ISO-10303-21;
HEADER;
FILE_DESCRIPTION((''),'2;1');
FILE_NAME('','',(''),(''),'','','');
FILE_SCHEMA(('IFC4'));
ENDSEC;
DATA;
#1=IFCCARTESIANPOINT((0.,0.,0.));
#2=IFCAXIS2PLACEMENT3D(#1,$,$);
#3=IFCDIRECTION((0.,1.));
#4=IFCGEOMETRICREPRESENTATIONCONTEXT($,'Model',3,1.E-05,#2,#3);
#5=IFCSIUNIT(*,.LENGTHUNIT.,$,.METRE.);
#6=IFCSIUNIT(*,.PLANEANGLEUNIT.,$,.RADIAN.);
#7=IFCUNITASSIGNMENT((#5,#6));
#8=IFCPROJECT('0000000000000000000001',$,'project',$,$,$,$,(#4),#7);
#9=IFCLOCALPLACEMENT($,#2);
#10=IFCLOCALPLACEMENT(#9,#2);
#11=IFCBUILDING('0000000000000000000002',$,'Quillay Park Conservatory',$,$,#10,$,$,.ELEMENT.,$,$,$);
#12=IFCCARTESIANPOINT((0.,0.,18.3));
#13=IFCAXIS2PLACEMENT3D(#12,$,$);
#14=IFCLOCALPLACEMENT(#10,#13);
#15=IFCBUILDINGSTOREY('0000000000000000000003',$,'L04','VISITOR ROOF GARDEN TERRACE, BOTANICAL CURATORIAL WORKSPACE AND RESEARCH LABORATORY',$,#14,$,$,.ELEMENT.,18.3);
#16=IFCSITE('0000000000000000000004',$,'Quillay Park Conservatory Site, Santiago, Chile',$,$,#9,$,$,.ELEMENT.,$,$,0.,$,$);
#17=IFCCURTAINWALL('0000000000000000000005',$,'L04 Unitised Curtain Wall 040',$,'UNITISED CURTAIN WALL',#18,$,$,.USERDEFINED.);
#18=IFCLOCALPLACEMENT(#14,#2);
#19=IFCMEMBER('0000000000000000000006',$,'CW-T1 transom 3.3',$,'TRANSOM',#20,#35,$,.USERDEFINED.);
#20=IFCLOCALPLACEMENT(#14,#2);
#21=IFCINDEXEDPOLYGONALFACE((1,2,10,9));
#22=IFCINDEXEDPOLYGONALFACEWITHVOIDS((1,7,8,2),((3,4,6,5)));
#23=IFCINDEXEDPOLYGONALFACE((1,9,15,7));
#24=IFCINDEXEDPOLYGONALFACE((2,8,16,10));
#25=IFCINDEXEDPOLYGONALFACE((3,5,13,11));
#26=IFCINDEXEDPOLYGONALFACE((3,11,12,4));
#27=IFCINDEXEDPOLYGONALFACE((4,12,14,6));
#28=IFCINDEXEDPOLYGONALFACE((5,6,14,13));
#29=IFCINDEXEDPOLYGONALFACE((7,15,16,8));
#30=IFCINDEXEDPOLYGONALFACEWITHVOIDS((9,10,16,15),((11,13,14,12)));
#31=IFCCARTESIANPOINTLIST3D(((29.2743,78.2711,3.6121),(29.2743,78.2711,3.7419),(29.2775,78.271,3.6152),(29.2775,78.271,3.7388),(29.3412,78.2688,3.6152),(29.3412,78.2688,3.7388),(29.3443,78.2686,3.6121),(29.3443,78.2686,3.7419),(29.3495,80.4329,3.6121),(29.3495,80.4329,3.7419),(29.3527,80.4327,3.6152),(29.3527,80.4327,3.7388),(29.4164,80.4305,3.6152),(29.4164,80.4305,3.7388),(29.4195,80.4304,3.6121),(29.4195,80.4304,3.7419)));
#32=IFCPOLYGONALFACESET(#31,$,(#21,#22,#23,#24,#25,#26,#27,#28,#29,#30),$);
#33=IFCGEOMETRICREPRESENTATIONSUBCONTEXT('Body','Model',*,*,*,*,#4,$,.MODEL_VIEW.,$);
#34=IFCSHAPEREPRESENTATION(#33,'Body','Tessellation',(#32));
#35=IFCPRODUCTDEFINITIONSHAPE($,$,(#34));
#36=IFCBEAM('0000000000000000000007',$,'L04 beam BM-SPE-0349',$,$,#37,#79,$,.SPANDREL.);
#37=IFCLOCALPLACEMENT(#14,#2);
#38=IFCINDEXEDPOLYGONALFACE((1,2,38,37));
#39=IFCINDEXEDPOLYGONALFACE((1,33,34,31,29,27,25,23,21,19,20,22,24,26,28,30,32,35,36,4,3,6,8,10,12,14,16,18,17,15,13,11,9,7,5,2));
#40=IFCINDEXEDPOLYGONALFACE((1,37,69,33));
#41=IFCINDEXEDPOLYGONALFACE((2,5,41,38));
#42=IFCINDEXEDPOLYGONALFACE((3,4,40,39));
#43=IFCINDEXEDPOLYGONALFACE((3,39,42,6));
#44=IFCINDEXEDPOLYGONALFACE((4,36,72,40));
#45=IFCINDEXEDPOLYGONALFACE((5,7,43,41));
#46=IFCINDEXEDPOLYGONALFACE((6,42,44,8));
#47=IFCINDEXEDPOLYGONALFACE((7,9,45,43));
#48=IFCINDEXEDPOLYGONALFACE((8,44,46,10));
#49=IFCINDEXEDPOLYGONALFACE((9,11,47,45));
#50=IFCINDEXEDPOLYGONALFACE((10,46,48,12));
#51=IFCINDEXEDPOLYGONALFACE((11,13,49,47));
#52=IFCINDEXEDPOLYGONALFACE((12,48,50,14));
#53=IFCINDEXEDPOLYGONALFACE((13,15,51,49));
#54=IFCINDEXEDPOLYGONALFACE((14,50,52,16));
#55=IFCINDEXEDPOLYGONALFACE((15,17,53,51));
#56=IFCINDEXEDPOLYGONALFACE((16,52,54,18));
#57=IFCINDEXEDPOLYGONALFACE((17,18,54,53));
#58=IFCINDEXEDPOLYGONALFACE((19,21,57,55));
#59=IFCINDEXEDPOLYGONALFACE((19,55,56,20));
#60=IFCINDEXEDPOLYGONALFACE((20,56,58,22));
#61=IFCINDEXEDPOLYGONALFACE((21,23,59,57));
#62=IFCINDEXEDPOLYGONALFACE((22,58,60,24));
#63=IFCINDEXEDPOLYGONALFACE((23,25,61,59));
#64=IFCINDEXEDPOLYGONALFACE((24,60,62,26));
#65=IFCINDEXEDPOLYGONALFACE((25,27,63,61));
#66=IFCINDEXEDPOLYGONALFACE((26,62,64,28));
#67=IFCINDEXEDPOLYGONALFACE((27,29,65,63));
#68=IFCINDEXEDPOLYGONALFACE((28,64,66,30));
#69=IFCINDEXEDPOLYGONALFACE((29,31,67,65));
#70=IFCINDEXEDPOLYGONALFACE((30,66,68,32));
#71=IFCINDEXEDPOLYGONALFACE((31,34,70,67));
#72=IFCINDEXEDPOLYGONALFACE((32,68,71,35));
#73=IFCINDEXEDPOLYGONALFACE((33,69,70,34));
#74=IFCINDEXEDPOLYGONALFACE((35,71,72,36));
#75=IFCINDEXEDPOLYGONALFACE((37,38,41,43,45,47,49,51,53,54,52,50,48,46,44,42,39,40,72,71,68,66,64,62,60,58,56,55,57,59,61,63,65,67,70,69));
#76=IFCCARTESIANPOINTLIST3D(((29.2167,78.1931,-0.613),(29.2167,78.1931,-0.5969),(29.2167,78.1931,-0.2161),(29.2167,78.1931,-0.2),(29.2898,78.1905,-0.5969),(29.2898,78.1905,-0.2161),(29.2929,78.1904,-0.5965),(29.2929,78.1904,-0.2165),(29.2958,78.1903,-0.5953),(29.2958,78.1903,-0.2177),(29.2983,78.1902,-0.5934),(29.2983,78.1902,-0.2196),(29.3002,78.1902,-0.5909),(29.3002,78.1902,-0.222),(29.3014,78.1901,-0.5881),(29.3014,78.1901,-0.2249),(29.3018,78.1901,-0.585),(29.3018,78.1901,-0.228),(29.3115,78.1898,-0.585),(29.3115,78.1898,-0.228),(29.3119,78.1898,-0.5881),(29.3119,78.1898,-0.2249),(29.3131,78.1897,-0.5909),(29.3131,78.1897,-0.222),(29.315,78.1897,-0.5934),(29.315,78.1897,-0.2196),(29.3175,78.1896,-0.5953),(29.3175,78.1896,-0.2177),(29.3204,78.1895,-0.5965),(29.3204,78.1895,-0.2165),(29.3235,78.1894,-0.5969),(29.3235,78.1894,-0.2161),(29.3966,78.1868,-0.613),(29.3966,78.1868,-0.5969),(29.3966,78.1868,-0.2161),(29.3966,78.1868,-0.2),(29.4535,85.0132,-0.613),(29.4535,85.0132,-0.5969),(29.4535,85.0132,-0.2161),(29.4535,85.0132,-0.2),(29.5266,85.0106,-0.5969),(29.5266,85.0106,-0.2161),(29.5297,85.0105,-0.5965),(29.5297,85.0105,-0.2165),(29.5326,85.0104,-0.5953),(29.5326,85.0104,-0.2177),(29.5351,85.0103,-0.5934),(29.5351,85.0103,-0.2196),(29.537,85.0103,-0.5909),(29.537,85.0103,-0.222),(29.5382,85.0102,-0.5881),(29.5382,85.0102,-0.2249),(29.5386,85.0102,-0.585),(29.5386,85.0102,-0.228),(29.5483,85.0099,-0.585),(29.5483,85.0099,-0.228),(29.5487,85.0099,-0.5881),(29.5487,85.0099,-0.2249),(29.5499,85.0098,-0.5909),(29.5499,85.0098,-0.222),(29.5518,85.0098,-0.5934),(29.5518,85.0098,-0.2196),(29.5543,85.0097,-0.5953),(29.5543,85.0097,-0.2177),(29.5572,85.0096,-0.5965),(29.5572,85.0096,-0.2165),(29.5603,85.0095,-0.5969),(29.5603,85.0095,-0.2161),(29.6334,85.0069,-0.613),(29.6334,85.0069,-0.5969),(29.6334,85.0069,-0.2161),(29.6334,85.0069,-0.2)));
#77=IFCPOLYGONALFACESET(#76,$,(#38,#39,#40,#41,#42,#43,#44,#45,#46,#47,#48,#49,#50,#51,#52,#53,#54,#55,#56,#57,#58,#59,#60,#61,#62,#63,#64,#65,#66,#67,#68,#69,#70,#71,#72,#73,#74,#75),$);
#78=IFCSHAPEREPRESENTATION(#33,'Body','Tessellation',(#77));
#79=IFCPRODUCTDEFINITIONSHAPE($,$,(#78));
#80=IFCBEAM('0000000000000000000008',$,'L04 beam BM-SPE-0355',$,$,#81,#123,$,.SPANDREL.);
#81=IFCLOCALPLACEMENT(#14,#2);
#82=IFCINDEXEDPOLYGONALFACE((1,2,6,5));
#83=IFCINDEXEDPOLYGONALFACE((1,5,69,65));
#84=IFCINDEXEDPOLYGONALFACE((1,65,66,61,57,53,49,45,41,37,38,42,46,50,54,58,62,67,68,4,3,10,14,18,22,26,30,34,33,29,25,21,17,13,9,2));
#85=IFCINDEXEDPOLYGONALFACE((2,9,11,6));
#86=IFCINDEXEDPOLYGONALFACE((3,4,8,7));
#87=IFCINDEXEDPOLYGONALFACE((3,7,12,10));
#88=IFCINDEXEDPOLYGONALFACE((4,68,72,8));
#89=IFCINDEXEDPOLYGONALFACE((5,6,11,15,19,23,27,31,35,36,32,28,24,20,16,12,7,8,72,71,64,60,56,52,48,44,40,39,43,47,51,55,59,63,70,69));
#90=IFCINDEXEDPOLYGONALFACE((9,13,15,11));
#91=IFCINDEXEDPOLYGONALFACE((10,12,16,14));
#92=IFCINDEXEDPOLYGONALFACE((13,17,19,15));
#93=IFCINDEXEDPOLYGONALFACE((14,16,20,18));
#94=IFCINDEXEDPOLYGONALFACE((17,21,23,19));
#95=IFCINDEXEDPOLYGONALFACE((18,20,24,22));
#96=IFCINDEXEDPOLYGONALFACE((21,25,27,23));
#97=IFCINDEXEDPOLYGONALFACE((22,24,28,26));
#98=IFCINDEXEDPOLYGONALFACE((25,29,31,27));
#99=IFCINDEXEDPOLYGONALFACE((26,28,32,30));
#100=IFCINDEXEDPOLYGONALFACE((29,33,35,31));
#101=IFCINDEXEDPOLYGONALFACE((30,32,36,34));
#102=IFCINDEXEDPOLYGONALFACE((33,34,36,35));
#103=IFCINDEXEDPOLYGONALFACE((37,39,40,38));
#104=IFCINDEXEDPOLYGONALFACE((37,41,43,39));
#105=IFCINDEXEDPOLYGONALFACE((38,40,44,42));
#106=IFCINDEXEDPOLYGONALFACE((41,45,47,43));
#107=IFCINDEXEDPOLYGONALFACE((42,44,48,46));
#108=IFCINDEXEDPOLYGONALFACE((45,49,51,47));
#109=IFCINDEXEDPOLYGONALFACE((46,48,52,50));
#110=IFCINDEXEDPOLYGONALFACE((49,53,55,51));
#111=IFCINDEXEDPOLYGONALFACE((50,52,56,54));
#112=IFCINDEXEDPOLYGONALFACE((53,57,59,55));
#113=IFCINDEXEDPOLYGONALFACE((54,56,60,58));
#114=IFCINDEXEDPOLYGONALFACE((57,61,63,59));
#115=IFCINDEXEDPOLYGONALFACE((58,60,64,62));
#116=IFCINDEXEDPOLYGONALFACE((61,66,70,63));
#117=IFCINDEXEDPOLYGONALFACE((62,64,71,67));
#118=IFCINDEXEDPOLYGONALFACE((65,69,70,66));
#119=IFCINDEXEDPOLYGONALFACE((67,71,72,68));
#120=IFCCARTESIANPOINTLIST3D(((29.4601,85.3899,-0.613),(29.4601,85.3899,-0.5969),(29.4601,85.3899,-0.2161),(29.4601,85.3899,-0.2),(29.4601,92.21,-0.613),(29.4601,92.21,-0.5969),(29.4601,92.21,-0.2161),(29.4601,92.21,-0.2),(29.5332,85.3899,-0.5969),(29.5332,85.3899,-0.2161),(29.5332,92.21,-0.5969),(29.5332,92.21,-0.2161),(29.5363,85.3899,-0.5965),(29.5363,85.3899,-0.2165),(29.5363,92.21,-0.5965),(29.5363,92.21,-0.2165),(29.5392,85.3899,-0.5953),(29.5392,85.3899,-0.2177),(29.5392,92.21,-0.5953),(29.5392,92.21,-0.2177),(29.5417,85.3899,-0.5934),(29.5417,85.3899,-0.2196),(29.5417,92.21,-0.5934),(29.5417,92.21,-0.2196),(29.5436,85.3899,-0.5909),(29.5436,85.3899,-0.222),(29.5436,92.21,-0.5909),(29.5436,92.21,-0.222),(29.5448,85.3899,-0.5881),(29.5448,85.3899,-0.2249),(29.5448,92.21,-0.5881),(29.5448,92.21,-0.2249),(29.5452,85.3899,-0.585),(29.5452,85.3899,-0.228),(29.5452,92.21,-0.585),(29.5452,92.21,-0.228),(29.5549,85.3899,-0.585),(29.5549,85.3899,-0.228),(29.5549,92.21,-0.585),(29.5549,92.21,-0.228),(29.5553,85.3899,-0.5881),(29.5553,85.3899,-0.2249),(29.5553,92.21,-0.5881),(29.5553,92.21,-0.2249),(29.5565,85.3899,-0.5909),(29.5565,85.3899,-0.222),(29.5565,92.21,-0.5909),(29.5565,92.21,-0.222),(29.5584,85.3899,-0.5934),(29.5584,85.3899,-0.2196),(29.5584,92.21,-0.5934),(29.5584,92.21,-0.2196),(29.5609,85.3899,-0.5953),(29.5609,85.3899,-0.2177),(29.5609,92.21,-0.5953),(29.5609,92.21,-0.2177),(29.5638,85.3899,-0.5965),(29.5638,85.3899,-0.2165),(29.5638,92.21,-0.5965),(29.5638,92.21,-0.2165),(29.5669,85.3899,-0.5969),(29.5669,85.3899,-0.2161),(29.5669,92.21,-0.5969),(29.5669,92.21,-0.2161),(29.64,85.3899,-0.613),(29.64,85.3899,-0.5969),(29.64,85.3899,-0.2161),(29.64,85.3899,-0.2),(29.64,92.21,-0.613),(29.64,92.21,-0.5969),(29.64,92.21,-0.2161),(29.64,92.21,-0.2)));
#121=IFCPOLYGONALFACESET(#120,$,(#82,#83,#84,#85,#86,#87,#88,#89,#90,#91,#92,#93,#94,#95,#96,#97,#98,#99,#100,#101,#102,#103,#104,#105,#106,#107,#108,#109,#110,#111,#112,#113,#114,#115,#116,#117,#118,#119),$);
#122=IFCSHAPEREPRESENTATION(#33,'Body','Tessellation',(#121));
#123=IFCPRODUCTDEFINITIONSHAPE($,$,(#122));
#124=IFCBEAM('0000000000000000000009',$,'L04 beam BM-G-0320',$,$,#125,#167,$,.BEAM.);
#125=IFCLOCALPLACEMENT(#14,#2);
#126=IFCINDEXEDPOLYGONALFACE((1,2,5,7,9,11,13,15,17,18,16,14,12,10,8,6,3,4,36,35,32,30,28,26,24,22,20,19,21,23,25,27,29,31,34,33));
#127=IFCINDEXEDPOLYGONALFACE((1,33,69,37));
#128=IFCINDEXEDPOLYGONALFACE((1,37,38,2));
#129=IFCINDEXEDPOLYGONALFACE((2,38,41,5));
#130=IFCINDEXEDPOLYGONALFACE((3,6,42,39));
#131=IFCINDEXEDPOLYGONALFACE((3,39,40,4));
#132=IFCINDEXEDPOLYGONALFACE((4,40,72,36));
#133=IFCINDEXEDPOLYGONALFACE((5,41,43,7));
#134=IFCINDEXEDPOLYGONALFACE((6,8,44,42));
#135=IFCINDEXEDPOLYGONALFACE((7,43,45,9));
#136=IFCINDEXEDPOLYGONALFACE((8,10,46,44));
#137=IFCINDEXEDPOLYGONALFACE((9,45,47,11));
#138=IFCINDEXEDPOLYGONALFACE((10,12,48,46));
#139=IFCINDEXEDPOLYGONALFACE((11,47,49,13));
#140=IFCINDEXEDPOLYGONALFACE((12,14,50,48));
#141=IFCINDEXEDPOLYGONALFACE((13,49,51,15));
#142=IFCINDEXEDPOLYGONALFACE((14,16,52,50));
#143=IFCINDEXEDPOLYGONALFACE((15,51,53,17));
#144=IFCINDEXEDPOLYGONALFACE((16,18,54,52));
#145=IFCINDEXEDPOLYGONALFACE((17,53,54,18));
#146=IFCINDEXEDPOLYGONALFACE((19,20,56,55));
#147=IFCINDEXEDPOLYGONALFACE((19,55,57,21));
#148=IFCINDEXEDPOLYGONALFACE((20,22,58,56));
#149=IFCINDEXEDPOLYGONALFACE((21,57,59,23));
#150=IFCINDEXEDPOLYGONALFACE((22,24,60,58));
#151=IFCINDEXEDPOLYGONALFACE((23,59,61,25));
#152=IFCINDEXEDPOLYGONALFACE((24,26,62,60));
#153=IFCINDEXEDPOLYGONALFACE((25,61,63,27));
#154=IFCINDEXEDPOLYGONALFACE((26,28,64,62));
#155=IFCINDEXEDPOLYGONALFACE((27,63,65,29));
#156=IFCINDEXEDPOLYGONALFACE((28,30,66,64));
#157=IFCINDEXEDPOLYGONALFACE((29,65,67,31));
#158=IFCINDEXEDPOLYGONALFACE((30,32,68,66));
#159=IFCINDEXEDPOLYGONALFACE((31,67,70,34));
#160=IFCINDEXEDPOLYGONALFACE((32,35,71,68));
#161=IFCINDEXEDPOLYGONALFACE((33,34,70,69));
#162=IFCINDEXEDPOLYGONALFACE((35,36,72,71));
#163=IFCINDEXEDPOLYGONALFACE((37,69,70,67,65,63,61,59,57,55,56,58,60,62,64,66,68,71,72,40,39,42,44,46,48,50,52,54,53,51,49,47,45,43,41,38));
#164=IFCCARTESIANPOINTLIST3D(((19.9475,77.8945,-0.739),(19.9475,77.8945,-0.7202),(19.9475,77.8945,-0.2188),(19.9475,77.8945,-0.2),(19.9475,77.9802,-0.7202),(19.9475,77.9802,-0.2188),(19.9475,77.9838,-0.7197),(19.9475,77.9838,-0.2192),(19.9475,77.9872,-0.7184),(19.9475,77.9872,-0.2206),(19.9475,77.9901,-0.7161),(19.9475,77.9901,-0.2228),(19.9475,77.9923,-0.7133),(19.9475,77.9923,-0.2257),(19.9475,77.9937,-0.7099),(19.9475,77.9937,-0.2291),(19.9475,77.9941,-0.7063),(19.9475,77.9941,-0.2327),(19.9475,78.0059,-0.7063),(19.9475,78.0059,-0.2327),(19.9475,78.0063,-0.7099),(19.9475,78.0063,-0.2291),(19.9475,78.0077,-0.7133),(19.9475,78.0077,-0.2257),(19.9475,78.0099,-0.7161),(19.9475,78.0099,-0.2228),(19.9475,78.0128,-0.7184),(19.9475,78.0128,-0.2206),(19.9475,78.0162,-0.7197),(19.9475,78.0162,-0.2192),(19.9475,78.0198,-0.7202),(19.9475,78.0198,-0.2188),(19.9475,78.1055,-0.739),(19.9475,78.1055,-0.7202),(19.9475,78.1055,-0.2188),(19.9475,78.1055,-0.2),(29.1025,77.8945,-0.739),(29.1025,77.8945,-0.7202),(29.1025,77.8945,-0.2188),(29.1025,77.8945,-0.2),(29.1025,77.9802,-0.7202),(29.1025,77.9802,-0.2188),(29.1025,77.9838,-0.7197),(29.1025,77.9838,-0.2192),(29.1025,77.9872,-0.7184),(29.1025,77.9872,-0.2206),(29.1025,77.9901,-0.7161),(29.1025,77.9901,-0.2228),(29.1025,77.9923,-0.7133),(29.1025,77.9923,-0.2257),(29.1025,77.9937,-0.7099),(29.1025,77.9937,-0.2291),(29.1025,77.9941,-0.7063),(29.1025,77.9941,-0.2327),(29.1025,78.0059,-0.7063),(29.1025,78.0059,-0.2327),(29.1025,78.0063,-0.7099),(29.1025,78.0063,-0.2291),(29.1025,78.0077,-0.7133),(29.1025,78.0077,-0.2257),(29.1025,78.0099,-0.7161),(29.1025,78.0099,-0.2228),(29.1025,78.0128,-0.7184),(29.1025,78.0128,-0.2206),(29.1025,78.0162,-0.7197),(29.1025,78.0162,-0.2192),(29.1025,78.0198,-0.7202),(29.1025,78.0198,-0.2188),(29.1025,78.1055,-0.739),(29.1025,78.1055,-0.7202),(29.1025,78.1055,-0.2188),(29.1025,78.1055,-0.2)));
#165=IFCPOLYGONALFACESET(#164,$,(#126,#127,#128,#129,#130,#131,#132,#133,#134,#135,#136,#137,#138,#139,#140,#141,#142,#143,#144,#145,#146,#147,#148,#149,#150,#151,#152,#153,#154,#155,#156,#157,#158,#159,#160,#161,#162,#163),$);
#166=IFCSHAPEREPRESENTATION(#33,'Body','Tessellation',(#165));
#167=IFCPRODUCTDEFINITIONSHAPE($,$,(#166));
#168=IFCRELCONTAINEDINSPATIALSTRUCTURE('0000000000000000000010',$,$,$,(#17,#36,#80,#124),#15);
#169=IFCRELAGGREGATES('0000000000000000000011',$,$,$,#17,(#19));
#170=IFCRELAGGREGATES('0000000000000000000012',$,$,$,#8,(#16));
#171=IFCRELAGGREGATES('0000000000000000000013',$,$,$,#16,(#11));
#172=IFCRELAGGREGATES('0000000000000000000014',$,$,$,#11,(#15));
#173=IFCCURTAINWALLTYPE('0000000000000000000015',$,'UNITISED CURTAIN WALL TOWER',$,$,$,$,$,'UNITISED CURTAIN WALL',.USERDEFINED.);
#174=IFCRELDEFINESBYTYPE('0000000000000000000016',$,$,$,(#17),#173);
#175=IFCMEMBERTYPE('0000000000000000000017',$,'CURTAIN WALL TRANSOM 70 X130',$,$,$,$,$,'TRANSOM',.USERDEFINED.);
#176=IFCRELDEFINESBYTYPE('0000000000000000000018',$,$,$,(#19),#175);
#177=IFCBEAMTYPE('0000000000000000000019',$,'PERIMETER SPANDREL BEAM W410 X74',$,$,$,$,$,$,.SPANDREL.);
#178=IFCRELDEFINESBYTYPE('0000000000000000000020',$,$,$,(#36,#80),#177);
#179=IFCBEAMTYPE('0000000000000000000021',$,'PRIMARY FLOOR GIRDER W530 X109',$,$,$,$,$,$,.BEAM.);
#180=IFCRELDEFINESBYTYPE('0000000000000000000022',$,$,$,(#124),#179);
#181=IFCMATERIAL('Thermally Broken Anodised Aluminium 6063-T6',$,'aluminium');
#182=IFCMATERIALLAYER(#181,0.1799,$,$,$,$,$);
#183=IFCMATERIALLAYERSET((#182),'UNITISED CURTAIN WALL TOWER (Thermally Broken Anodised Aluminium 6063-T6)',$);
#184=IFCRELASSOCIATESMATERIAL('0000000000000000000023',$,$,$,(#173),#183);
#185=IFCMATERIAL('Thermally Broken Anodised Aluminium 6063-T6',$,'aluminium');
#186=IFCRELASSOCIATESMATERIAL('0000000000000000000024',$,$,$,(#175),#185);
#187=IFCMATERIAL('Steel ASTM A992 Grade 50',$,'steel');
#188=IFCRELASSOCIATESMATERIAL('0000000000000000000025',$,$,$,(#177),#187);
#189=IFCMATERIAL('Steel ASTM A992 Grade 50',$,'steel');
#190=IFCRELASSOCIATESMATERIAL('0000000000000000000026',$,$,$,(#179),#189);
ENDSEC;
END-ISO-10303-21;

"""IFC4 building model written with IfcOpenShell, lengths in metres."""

from ifc_helpers import new_model, si_unit, direction, frame, origin, origin_2d, place, context, subcontext, project, spatial, hollow_rectangle, i_section, extrude, material, layer, layer_set, material_profile, profile_set, type_object, element, aggregate, save


model = new_model("IFC4")

# Units and contexts
model_context = context("Model", 3, precision=1e-05, world=origin(), true_north=direction((0.0, 1.0)))
body_context = subcontext(model_context, "Body", "Model", "MODEL_VIEW")
ifc_project = project(units=[si_unit("LENGTHUNIT", "METRE"), si_unit("PLANEANGLEUNIT", "RADIAN")], contexts=[model_context])

# Site, building, storey
site_placement = place(None, origin())
site = spatial("IfcSite", under=ifc_project, at=site_placement, Name="Quillay Park Conservatory Site, Santiago, Chile", CompositionType="ELEMENT", RefElevation=0.0)
building_placement = place(site_placement, origin())
building = spatial("IfcBuilding", under=site, at=building_placement, Name="Quillay Park Conservatory", CompositionType="ELEMENT")
storey_placement = place(building_placement, frame((0.0, 0.0, 18.3)))
storey = spatial("IfcBuildingStorey", under=building, at=storey_placement, Name="L04", Description="VISITOR ROOF GARDEN TERRACE, BOTANICAL CURATORIAL WORKSPACE AND RESEARCH LABORATORY", CompositionType="ELEMENT", Elevation=18.3)

# Shared definitions
ifc_material_1 = material(Name="Thermally Broken Anodised Aluminium 6063-T6", Category="aluminium")
ifc_layer_1 = layer(ifc_material_1, 0.1799)
ifc_layer_set_1 = layer_set([ifc_layer_1], Name="UNITISED CURTAIN WALL TOWER (Thermally Broken Anodised Aluminium 6063-T6)")
curtain_wall_type = type_object("IfcCurtainWallType", Name="UNITISED CURTAIN WALL TOWER", ElementType="UNITISED CURTAIN WALL", PredefinedType="USERDEFINED", material=ifc_layer_set_1)

# Curtain wall
curtain_wall_1_placement = place(storey_placement, origin())
curtain_wall_1 = element("IfcCurtainWall", 1, at=curtain_wall_1_placement, inside=storey, type_object=curtain_wall_type, Name="L04 Unitised Curtain Wall 040", ObjectType="UNITISED CURTAIN WALL", PredefinedType="USERDEFINED")

# Member
ifc_material_2 = material(Name="Thermally Broken Anodised Aluminium 6063-T6", Category="aluminium")
ifc_material_profile_1 = material_profile(ifc_material_2, hollow_rectangle(XDim=0.0701, YDim=0.1299, WallThickness=0.0032, at=origin_2d()), Name="AL70x130x3.2")
ifc_profile_set_1 = profile_set([ifc_material_profile_1], Name="Thermally Broken Anodised Aluminium 6063-T6")
member_type_1 = type_object("IfcMemberType", Name="CURTAIN WALL TRANSOM 70 X130", ElementType="TRANSOM", PredefinedType="USERDEFINED", material=ifc_profile_set_1)
member_1_placement = place(storey_placement, frame((29.3845, 80.4316, 3.677), z_axis=(-0.034762, -0.999396, 0.0), x_axis=(0.999396, -0.034762, 0.0)))
member_1 = element("IfcMember", 2, at=member_1_placement, type_object=member_type_1, Name="CW-T1 transom 3.3", ObjectType="TRANSOM", PredefinedType="USERDEFINED", context=body_context, shape_type="SweptSolid", body=[
    extrude(hollow_rectangle(XDim=0.0701, YDim=0.1299, WallThickness=0.0032, at=origin_2d()), origin(), (0.0, 0.0, 1.0), 2.1631),
])

# Beams
ifc_material_3 = material(Name="Steel ASTM A992 Grade 50", Category="steel")
ifc_material_profile_2 = material_profile(ifc_material_3, i_section(OverallWidth=0.1799, OverallDepth=0.4131, WebThickness=0.0098, FlangeThickness=0.0161, FilletRadius=0.012, at=origin_2d()), Name="W410x74")
ifc_profile_set_2 = profile_set([ifc_material_profile_2], Name="Steel ASTM A992 Grade 50")
beam_type_1 = type_object("IfcBeamType", Name="PERIMETER SPANDREL BEAM W410 X74", PredefinedType="SPANDREL", material=ifc_profile_set_2)
beam_1_placement = place(storey_placement, frame((29.3066, 78.1899, -0.4065), z_axis=(0.034703, 0.999398, 0.0), x_axis=(-0.999398, 0.034703, 0.0)))
element("IfcBeam", 3, at=beam_1_placement, inside=storey, type_object=beam_type_1, Name="L04 beam BM-SPE-0349", PredefinedType="SPANDREL", context=body_context, shape_type="SweptSolid", body=[
    extrude(i_section(OverallWidth=0.1799, OverallDepth=0.4131, WebThickness=0.0098, FlangeThickness=0.0161, FilletRadius=0.012, at=origin_2d()), origin(), (0.0, 0.0, 1.0), 6.8242),
])
beam_2_placement = place(storey_placement, frame((29.55, 85.3899, -0.4065), z_axis=(0.0, 1.0, 0.0), x_axis=(-1.0, 0.0, 0.0)))
element("IfcBeam", 4, at=beam_2_placement, inside=storey, type_object=beam_type_1, Name="L04 beam BM-SPE-0355", PredefinedType="SPANDREL", context=body_context, shape_type="SweptSolid", body=[
    extrude(i_section(OverallWidth=0.1799, OverallDepth=0.4131, WebThickness=0.0098, FlangeThickness=0.0161, FilletRadius=0.012, at=origin_2d()), origin(), (0.0, 0.0, 1.0), 6.8201),
])
ifc_material_4 = material(Name="Steel ASTM A992 Grade 50", Category="steel")
ifc_material_profile_3 = material_profile(ifc_material_4, i_section(OverallWidth=0.2109, OverallDepth=0.5391, WebThickness=0.0117, FlangeThickness=0.0188, FilletRadius=0.0139, at=origin_2d()), Name="W530x109")
ifc_profile_set_3 = profile_set([ifc_material_profile_3], Name="Steel ASTM A992 Grade 50")
beam_type_2 = type_object("IfcBeamType", Name="PRIMARY FLOOR GIRDER W530 X109", PredefinedType="BEAM", material=ifc_profile_set_3)
beam_3_placement = place(storey_placement, frame((19.9475, 78.0, -0.4695), z_axis=(1.0, 0.0, 0.0), x_axis=(0.0, 1.0, 0.0)))
element("IfcBeam", 5, at=beam_3_placement, inside=storey, type_object=beam_type_2, Name="L04 beam BM-G-0320", PredefinedType="BEAM", context=body_context, shape_type="SweptSolid", body=[
    extrude(i_section(OverallWidth=0.2109, OverallDepth=0.5391, WebThickness=0.0117, FlangeThickness=0.0188, FilletRadius=0.0139, at=origin_2d()), origin(), (0.0, 0.0, 1.0), 9.155),
])

aggregate(curtain_wall_1, [member_1])

save(model, "model.ifc")
